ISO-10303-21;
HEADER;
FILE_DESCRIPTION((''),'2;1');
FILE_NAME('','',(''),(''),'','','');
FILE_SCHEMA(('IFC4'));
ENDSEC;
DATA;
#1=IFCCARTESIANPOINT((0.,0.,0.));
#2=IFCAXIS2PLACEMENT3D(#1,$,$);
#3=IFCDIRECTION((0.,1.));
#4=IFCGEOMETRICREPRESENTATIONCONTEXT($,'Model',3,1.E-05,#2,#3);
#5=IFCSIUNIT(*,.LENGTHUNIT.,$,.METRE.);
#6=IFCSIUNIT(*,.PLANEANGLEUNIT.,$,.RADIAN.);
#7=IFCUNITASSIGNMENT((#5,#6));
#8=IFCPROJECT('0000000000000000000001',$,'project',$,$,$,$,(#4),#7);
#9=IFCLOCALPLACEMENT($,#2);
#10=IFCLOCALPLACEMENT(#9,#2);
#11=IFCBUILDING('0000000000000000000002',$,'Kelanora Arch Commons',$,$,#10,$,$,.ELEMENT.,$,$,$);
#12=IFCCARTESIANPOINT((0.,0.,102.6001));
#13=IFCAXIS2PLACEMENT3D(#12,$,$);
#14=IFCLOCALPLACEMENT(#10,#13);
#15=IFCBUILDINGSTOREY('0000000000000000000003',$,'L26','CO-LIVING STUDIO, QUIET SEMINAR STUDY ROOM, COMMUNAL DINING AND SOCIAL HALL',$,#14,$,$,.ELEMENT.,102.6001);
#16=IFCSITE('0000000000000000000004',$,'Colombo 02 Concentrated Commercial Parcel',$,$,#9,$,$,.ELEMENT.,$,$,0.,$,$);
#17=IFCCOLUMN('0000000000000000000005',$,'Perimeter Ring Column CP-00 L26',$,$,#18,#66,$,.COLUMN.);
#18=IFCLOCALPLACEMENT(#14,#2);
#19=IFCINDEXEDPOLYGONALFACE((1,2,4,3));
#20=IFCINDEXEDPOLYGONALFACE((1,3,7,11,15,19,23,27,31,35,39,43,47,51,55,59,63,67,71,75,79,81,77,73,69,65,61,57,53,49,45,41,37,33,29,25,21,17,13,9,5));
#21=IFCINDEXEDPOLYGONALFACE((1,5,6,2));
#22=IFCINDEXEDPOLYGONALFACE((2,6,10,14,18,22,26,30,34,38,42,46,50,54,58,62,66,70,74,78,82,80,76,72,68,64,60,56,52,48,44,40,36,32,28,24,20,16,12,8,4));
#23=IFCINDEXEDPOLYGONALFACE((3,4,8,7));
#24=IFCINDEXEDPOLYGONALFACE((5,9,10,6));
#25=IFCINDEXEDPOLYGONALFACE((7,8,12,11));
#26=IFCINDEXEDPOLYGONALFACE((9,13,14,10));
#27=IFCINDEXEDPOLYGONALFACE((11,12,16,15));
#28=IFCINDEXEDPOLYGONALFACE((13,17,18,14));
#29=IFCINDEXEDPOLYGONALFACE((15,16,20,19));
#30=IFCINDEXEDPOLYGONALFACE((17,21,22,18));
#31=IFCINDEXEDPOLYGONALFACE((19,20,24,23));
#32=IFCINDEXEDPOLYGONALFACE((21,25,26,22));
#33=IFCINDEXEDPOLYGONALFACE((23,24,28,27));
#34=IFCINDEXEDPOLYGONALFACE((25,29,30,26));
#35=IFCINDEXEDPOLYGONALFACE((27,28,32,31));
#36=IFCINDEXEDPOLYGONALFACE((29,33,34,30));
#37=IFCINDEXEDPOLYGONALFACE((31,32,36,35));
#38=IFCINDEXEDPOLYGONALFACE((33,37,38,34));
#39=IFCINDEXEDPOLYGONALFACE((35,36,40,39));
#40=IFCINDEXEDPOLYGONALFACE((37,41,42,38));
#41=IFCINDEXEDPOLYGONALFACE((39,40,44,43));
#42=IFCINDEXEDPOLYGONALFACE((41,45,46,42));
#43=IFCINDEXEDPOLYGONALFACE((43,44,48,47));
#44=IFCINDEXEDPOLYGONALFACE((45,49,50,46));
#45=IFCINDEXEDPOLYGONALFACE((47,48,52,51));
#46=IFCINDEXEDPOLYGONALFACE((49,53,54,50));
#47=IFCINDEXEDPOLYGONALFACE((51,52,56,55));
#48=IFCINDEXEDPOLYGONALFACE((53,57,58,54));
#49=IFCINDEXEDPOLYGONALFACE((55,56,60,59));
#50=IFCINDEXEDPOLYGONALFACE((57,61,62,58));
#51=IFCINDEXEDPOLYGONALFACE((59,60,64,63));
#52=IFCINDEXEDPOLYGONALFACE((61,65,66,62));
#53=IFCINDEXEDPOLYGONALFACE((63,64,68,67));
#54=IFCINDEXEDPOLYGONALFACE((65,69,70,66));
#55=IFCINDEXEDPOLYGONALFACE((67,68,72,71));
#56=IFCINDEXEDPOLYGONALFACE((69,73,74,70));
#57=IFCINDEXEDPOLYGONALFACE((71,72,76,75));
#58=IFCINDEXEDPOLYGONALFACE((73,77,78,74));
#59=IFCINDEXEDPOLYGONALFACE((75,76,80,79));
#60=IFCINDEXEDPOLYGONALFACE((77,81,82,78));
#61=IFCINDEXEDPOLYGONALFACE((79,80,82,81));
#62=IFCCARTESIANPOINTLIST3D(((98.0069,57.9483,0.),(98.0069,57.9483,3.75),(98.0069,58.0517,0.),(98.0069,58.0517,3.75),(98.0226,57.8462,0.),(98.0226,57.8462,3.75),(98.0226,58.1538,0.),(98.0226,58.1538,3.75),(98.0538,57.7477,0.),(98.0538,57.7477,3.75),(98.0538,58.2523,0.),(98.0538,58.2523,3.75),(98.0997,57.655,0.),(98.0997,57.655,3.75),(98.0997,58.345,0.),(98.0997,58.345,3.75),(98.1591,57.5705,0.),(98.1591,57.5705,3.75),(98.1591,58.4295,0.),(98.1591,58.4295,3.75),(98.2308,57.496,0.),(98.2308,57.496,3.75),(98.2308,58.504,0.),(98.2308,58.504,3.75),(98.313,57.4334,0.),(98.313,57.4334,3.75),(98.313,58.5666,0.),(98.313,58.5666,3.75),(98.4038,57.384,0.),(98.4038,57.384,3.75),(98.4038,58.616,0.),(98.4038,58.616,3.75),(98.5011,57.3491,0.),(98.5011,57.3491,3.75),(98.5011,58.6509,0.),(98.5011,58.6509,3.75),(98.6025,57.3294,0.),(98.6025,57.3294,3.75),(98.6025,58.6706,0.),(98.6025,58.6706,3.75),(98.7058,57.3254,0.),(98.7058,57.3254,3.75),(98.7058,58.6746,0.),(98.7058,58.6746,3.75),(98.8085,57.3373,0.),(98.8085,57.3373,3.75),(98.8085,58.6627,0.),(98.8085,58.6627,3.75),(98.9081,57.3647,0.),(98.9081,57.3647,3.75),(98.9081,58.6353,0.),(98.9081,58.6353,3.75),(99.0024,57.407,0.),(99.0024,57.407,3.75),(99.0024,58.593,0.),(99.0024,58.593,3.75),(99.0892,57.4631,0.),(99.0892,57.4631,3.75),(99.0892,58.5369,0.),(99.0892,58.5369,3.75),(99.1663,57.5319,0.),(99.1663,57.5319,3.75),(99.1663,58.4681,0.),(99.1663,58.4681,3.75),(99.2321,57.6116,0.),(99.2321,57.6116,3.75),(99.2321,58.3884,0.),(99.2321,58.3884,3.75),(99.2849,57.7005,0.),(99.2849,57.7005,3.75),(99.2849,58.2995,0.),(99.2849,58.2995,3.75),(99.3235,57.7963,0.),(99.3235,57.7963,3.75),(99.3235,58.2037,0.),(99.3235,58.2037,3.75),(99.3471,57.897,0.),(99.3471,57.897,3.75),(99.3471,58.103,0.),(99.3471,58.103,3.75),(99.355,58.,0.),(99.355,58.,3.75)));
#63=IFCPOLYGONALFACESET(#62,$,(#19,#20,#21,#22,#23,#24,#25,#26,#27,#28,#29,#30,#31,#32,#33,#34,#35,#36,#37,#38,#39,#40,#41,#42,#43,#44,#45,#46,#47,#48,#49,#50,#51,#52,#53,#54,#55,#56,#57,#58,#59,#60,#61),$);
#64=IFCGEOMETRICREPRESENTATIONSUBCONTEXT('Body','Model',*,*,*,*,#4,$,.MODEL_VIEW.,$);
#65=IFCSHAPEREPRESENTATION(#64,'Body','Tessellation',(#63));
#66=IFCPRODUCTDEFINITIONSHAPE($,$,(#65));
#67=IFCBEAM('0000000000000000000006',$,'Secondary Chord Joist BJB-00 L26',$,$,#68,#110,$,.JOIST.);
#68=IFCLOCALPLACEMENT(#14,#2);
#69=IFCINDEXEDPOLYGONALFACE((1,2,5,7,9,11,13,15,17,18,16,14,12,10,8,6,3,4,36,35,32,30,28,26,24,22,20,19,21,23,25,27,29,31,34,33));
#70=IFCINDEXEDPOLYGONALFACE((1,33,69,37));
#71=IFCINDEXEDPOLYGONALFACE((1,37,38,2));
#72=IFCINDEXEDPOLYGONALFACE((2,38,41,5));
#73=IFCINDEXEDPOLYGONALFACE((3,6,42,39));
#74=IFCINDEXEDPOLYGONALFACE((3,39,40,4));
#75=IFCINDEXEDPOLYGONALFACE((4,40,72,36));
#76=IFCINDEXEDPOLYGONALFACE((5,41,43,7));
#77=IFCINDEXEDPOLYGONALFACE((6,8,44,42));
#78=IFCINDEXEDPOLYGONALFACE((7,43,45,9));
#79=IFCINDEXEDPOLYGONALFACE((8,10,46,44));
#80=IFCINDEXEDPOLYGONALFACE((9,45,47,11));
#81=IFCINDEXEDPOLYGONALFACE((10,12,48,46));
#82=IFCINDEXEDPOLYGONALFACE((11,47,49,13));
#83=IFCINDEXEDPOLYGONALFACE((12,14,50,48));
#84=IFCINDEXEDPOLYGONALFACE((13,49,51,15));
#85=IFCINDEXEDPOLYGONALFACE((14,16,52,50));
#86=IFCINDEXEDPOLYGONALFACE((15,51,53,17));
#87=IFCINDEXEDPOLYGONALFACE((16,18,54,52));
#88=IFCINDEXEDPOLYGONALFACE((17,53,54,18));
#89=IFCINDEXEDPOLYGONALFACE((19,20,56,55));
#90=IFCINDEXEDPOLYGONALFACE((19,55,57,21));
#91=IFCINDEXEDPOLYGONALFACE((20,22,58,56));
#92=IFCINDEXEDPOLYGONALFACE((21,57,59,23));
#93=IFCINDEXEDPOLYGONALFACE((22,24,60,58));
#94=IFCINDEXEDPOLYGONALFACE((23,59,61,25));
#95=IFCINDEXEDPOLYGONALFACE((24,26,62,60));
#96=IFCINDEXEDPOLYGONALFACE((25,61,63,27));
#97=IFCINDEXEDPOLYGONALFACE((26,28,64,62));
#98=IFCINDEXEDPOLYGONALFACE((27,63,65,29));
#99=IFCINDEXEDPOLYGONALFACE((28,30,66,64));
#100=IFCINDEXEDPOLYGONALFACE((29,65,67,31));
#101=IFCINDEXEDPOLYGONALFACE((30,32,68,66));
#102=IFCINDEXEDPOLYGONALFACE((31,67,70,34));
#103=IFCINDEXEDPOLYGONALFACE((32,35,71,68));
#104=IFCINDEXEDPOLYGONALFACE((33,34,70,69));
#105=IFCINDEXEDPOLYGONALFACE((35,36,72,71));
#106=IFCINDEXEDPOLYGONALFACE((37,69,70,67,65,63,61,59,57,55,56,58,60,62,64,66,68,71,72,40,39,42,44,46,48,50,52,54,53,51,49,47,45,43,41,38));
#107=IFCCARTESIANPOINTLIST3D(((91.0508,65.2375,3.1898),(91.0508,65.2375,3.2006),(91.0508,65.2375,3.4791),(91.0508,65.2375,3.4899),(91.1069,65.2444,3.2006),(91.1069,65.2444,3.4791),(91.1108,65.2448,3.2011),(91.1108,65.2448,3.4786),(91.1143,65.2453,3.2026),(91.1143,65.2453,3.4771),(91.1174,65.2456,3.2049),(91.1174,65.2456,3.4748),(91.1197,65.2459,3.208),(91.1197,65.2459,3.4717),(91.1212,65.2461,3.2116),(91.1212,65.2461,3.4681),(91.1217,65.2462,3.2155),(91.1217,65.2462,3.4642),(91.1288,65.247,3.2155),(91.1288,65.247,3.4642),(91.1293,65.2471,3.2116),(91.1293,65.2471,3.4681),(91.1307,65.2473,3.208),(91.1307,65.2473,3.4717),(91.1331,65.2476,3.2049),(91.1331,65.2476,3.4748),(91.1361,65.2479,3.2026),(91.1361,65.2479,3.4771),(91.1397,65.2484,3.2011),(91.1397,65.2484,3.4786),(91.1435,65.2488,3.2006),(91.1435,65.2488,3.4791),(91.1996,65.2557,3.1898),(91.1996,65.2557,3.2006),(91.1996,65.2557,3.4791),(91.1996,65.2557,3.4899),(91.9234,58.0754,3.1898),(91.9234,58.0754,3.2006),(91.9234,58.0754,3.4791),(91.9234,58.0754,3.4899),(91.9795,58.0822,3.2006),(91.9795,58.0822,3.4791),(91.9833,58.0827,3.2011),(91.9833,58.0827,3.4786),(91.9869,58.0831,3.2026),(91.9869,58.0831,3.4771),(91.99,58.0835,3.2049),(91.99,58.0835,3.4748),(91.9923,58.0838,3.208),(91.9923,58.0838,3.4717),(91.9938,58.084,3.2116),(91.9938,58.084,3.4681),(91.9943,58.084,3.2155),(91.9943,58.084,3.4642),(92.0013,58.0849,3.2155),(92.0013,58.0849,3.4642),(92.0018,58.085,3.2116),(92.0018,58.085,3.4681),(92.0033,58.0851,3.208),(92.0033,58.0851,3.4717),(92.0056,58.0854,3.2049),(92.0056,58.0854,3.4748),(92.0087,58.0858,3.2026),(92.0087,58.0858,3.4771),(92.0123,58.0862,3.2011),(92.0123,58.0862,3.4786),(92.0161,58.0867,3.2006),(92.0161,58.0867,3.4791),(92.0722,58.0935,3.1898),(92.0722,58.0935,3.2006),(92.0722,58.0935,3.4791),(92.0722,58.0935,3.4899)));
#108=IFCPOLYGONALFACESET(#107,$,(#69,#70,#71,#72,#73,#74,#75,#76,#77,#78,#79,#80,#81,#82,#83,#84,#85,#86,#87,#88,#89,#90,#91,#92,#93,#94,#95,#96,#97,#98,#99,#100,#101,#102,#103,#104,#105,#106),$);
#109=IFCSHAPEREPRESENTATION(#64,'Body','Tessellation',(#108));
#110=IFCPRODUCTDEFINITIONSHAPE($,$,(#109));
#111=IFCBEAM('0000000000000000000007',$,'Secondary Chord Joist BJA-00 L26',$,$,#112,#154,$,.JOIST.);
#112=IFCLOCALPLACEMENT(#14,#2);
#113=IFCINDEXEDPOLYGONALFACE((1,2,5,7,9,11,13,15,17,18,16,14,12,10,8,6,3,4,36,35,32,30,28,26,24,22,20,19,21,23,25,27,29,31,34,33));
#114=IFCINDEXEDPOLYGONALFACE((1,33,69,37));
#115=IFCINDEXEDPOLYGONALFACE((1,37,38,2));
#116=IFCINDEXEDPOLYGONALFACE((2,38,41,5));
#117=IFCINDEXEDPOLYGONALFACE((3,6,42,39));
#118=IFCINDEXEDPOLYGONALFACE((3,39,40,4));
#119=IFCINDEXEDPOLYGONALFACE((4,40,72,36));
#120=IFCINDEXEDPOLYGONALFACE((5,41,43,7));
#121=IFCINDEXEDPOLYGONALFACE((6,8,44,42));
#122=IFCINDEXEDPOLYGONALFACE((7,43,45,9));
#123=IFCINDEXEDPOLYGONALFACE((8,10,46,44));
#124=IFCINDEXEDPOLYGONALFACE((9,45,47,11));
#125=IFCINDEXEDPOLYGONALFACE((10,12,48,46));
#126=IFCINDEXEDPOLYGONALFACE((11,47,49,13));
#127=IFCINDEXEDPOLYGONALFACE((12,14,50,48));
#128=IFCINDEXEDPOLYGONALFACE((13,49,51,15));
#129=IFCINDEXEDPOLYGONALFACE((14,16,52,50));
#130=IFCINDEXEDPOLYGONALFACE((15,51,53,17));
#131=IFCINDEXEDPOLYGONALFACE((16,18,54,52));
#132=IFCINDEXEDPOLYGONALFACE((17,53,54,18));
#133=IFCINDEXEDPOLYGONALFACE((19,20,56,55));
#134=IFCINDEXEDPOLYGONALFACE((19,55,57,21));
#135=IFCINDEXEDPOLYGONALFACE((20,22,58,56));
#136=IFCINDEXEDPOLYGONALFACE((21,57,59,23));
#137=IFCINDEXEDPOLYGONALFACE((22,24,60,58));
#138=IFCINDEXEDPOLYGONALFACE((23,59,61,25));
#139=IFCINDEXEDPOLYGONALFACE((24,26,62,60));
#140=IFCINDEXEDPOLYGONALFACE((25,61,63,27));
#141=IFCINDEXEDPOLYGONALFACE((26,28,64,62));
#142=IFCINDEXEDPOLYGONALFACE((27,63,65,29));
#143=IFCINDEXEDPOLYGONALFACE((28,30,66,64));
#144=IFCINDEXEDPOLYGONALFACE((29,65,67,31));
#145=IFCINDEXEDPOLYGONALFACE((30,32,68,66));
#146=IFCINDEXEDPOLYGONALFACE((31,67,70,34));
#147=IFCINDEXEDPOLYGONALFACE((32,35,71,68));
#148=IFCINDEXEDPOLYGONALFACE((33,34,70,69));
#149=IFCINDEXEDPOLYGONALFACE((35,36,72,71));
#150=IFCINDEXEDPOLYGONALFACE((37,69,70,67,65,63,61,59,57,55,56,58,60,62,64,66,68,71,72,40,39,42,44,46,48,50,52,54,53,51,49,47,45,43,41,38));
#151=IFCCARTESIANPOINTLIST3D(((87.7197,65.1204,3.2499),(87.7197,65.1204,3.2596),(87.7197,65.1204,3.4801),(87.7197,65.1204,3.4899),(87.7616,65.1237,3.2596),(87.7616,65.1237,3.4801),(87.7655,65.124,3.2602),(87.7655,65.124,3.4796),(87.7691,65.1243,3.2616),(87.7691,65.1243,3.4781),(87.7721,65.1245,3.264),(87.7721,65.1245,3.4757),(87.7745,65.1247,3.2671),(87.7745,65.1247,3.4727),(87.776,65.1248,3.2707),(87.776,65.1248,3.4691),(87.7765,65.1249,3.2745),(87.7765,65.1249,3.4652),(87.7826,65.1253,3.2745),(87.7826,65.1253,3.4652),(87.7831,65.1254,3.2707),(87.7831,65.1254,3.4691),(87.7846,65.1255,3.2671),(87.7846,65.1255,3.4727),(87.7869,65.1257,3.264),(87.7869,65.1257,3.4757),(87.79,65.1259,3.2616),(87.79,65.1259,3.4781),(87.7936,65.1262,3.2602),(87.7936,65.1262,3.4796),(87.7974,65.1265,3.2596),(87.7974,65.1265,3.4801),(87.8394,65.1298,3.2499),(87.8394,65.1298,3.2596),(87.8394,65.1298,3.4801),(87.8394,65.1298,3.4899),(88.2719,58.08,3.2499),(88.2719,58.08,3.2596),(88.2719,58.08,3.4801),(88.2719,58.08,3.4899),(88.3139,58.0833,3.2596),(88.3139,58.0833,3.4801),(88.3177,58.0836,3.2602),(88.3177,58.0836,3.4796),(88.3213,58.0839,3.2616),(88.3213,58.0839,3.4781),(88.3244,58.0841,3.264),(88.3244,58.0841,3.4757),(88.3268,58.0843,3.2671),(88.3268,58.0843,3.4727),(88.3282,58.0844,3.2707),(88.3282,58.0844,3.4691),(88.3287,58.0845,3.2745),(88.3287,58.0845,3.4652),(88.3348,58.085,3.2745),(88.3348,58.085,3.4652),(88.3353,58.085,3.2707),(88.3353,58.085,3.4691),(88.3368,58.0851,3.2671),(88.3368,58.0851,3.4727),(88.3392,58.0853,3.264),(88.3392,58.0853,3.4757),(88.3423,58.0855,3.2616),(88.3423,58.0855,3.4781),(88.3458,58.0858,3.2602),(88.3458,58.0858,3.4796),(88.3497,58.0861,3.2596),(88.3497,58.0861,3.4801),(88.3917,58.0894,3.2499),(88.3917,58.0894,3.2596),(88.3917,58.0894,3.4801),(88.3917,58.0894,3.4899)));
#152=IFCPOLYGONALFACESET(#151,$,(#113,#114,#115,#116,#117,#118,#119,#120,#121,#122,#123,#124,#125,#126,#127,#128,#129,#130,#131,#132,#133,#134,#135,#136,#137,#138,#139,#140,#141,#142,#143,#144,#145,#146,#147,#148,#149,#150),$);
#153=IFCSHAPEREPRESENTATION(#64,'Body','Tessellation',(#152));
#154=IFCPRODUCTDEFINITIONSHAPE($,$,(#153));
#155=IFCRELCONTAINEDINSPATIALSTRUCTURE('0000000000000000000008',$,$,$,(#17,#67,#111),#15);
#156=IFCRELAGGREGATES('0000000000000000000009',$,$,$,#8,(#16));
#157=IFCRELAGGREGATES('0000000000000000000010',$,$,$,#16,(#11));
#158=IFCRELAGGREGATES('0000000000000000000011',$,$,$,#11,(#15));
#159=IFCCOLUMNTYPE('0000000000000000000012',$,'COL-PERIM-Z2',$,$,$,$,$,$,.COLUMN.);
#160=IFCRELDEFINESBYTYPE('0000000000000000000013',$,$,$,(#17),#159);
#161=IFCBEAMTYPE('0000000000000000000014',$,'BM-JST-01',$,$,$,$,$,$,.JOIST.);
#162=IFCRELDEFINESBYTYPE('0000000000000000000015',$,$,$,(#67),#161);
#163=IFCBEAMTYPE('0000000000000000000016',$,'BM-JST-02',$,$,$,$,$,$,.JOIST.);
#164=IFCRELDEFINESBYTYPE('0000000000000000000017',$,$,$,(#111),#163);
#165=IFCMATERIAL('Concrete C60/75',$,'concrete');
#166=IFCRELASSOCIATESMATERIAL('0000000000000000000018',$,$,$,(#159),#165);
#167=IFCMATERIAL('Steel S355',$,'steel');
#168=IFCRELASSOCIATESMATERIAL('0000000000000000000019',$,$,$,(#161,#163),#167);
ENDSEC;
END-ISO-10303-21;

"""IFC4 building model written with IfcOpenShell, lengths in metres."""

from ifc_helpers import new_model, si_unit, direction, frame, origin, origin_2d, place, context, subcontext, project, spatial, circle, i_section, extrude, material, material_profile, profile_set, type_object, element, save


model = new_model("IFC4")

# Units and contexts
model_context = context("Model", 3, precision=1e-05, world=origin(), true_north=direction((0.0, 1.0)))
body_context = subcontext(model_context, "Body", "Model", "MODEL_VIEW")
ifc_project = project(units=[si_unit("LENGTHUNIT", "METRE"), si_unit("PLANEANGLEUNIT", "RADIAN")], contexts=[model_context])

# Site, building, storey
site_placement = place(None, origin())
site = spatial("IfcSite", under=ifc_project, at=site_placement, Name="Colombo 02 Concentrated Commercial Parcel", CompositionType="ELEMENT", RefElevation=0.0)
building_placement = place(site_placement, origin())
building = spatial("IfcBuilding", under=site, at=building_placement, Name="Kelanora Arch Commons", CompositionType="ELEMENT")
storey_placement = place(building_placement, frame((0.0, 0.0, 102.6001)))
storey = spatial("IfcBuildingStorey", under=building, at=storey_placement, Name="L26", Description="CO-LIVING STUDIO, QUIET SEMINAR STUDY ROOM, COMMUNAL DINING AND SOCIAL HALL", CompositionType="ELEMENT", Elevation=102.6001)

# Column
ifc_material_1 = material(Name="Concrete C60/75", Category="concrete")
ifc_material_profile_1 = material_profile(ifc_material_1, circle(Radius=0.675, at=origin_2d()), Name="RCC1350")
ifc_profile_set_1 = profile_set([ifc_material_profile_1], Name="Concrete C60/75")
column_type = type_object("IfcColumnType", Name="COL-PERIM-Z2", PredefinedType="COLUMN", material=ifc_profile_set_1)
column_placement = place(storey_placement, frame((98.6799, 58.0, 0.0), z_axis=(0.0, 0.0, 1.0), x_axis=(1.0, 0.0, 0.0)))
element("IfcColumn", 1, at=column_placement, inside=storey, type_object=column_type, Name="Perimeter Ring Column CP-00 L26", PredefinedType="COLUMN", context=body_context, shape_type="SweptSolid", body=[
    extrude(circle(Radius=0.675, at=origin_2d()), origin(), (0.0, 0.0, 1.0), 3.75),
])

# Beams
ifc_material_2 = material(Name="Steel S355", Category="steel")
ifc_material_profile_2 = material_profile(ifc_material_2, i_section(OverallWidth=0.1499, OverallDepth=0.3, WebThickness=0.0071, FlangeThickness=0.0107, FilletRadius=0.0149, at=origin_2d()), Name="IPE300")
ifc_profile_set_2 = profile_set([ifc_material_profile_2], Name="Steel S355")
beam_type_1 = type_object("IfcBeamType", Name="BM-JST-01", PredefinedType="JOIST", material=ifc_profile_set_2)
beam_1_placement = place(storey_placement, frame((91.9978, 58.0845, 3.3398), z_axis=(-0.120936, 0.99266, 0.0), x_axis=(-0.99266, -0.120936, 0.0)))
element("IfcBeam", 2, at=beam_1_placement, inside=storey, type_object=beam_type_1, Name="Secondary Chord Joist BJB-00 L26", PredefinedType="JOIST", context=body_context, shape_type="SweptSolid", body=[
    extrude(i_section(OverallWidth=0.1499, OverallDepth=0.3, WebThickness=0.0071, FlangeThickness=0.0107, FilletRadius=0.0149, at=origin_2d()), origin(), (0.0, 0.0, 1.0), 7.2151),
])
ifc_material_profile_3 = material_profile(ifc_material_2, i_section(OverallWidth=0.1201, OverallDepth=0.24, WebThickness=0.0061, FlangeThickness=0.0098, FilletRadius=0.0149, at=origin_2d()), Name="IPE240")
ifc_profile_set_3 = profile_set([ifc_material_profile_3], Name="Steel S355")
beam_type_2 = type_object("IfcBeamType", Name="BM-JST-02", PredefinedType="JOIST", material=ifc_profile_set_3)
beam_2_placement = place(storey_placement, frame((88.3318, 58.0847, 3.3699), z_axis=(-0.078201, 0.996938, 0.0), x_axis=(-0.996938, -0.078201, 0.0)))
element("IfcBeam", 3, at=beam_2_placement, inside=storey, type_object=beam_type_2, Name="Secondary Chord Joist BJA-00 L26", PredefinedType="JOIST", context=body_context, shape_type="SweptSolid", body=[
    extrude(i_section(OverallWidth=0.1201, OverallDepth=0.24, WebThickness=0.0061, FlangeThickness=0.0098, FilletRadius=0.0149, at=origin_2d()), origin(), (0.0, 0.0, 1.0), 7.062),
])

save(model, "model.ifc")
